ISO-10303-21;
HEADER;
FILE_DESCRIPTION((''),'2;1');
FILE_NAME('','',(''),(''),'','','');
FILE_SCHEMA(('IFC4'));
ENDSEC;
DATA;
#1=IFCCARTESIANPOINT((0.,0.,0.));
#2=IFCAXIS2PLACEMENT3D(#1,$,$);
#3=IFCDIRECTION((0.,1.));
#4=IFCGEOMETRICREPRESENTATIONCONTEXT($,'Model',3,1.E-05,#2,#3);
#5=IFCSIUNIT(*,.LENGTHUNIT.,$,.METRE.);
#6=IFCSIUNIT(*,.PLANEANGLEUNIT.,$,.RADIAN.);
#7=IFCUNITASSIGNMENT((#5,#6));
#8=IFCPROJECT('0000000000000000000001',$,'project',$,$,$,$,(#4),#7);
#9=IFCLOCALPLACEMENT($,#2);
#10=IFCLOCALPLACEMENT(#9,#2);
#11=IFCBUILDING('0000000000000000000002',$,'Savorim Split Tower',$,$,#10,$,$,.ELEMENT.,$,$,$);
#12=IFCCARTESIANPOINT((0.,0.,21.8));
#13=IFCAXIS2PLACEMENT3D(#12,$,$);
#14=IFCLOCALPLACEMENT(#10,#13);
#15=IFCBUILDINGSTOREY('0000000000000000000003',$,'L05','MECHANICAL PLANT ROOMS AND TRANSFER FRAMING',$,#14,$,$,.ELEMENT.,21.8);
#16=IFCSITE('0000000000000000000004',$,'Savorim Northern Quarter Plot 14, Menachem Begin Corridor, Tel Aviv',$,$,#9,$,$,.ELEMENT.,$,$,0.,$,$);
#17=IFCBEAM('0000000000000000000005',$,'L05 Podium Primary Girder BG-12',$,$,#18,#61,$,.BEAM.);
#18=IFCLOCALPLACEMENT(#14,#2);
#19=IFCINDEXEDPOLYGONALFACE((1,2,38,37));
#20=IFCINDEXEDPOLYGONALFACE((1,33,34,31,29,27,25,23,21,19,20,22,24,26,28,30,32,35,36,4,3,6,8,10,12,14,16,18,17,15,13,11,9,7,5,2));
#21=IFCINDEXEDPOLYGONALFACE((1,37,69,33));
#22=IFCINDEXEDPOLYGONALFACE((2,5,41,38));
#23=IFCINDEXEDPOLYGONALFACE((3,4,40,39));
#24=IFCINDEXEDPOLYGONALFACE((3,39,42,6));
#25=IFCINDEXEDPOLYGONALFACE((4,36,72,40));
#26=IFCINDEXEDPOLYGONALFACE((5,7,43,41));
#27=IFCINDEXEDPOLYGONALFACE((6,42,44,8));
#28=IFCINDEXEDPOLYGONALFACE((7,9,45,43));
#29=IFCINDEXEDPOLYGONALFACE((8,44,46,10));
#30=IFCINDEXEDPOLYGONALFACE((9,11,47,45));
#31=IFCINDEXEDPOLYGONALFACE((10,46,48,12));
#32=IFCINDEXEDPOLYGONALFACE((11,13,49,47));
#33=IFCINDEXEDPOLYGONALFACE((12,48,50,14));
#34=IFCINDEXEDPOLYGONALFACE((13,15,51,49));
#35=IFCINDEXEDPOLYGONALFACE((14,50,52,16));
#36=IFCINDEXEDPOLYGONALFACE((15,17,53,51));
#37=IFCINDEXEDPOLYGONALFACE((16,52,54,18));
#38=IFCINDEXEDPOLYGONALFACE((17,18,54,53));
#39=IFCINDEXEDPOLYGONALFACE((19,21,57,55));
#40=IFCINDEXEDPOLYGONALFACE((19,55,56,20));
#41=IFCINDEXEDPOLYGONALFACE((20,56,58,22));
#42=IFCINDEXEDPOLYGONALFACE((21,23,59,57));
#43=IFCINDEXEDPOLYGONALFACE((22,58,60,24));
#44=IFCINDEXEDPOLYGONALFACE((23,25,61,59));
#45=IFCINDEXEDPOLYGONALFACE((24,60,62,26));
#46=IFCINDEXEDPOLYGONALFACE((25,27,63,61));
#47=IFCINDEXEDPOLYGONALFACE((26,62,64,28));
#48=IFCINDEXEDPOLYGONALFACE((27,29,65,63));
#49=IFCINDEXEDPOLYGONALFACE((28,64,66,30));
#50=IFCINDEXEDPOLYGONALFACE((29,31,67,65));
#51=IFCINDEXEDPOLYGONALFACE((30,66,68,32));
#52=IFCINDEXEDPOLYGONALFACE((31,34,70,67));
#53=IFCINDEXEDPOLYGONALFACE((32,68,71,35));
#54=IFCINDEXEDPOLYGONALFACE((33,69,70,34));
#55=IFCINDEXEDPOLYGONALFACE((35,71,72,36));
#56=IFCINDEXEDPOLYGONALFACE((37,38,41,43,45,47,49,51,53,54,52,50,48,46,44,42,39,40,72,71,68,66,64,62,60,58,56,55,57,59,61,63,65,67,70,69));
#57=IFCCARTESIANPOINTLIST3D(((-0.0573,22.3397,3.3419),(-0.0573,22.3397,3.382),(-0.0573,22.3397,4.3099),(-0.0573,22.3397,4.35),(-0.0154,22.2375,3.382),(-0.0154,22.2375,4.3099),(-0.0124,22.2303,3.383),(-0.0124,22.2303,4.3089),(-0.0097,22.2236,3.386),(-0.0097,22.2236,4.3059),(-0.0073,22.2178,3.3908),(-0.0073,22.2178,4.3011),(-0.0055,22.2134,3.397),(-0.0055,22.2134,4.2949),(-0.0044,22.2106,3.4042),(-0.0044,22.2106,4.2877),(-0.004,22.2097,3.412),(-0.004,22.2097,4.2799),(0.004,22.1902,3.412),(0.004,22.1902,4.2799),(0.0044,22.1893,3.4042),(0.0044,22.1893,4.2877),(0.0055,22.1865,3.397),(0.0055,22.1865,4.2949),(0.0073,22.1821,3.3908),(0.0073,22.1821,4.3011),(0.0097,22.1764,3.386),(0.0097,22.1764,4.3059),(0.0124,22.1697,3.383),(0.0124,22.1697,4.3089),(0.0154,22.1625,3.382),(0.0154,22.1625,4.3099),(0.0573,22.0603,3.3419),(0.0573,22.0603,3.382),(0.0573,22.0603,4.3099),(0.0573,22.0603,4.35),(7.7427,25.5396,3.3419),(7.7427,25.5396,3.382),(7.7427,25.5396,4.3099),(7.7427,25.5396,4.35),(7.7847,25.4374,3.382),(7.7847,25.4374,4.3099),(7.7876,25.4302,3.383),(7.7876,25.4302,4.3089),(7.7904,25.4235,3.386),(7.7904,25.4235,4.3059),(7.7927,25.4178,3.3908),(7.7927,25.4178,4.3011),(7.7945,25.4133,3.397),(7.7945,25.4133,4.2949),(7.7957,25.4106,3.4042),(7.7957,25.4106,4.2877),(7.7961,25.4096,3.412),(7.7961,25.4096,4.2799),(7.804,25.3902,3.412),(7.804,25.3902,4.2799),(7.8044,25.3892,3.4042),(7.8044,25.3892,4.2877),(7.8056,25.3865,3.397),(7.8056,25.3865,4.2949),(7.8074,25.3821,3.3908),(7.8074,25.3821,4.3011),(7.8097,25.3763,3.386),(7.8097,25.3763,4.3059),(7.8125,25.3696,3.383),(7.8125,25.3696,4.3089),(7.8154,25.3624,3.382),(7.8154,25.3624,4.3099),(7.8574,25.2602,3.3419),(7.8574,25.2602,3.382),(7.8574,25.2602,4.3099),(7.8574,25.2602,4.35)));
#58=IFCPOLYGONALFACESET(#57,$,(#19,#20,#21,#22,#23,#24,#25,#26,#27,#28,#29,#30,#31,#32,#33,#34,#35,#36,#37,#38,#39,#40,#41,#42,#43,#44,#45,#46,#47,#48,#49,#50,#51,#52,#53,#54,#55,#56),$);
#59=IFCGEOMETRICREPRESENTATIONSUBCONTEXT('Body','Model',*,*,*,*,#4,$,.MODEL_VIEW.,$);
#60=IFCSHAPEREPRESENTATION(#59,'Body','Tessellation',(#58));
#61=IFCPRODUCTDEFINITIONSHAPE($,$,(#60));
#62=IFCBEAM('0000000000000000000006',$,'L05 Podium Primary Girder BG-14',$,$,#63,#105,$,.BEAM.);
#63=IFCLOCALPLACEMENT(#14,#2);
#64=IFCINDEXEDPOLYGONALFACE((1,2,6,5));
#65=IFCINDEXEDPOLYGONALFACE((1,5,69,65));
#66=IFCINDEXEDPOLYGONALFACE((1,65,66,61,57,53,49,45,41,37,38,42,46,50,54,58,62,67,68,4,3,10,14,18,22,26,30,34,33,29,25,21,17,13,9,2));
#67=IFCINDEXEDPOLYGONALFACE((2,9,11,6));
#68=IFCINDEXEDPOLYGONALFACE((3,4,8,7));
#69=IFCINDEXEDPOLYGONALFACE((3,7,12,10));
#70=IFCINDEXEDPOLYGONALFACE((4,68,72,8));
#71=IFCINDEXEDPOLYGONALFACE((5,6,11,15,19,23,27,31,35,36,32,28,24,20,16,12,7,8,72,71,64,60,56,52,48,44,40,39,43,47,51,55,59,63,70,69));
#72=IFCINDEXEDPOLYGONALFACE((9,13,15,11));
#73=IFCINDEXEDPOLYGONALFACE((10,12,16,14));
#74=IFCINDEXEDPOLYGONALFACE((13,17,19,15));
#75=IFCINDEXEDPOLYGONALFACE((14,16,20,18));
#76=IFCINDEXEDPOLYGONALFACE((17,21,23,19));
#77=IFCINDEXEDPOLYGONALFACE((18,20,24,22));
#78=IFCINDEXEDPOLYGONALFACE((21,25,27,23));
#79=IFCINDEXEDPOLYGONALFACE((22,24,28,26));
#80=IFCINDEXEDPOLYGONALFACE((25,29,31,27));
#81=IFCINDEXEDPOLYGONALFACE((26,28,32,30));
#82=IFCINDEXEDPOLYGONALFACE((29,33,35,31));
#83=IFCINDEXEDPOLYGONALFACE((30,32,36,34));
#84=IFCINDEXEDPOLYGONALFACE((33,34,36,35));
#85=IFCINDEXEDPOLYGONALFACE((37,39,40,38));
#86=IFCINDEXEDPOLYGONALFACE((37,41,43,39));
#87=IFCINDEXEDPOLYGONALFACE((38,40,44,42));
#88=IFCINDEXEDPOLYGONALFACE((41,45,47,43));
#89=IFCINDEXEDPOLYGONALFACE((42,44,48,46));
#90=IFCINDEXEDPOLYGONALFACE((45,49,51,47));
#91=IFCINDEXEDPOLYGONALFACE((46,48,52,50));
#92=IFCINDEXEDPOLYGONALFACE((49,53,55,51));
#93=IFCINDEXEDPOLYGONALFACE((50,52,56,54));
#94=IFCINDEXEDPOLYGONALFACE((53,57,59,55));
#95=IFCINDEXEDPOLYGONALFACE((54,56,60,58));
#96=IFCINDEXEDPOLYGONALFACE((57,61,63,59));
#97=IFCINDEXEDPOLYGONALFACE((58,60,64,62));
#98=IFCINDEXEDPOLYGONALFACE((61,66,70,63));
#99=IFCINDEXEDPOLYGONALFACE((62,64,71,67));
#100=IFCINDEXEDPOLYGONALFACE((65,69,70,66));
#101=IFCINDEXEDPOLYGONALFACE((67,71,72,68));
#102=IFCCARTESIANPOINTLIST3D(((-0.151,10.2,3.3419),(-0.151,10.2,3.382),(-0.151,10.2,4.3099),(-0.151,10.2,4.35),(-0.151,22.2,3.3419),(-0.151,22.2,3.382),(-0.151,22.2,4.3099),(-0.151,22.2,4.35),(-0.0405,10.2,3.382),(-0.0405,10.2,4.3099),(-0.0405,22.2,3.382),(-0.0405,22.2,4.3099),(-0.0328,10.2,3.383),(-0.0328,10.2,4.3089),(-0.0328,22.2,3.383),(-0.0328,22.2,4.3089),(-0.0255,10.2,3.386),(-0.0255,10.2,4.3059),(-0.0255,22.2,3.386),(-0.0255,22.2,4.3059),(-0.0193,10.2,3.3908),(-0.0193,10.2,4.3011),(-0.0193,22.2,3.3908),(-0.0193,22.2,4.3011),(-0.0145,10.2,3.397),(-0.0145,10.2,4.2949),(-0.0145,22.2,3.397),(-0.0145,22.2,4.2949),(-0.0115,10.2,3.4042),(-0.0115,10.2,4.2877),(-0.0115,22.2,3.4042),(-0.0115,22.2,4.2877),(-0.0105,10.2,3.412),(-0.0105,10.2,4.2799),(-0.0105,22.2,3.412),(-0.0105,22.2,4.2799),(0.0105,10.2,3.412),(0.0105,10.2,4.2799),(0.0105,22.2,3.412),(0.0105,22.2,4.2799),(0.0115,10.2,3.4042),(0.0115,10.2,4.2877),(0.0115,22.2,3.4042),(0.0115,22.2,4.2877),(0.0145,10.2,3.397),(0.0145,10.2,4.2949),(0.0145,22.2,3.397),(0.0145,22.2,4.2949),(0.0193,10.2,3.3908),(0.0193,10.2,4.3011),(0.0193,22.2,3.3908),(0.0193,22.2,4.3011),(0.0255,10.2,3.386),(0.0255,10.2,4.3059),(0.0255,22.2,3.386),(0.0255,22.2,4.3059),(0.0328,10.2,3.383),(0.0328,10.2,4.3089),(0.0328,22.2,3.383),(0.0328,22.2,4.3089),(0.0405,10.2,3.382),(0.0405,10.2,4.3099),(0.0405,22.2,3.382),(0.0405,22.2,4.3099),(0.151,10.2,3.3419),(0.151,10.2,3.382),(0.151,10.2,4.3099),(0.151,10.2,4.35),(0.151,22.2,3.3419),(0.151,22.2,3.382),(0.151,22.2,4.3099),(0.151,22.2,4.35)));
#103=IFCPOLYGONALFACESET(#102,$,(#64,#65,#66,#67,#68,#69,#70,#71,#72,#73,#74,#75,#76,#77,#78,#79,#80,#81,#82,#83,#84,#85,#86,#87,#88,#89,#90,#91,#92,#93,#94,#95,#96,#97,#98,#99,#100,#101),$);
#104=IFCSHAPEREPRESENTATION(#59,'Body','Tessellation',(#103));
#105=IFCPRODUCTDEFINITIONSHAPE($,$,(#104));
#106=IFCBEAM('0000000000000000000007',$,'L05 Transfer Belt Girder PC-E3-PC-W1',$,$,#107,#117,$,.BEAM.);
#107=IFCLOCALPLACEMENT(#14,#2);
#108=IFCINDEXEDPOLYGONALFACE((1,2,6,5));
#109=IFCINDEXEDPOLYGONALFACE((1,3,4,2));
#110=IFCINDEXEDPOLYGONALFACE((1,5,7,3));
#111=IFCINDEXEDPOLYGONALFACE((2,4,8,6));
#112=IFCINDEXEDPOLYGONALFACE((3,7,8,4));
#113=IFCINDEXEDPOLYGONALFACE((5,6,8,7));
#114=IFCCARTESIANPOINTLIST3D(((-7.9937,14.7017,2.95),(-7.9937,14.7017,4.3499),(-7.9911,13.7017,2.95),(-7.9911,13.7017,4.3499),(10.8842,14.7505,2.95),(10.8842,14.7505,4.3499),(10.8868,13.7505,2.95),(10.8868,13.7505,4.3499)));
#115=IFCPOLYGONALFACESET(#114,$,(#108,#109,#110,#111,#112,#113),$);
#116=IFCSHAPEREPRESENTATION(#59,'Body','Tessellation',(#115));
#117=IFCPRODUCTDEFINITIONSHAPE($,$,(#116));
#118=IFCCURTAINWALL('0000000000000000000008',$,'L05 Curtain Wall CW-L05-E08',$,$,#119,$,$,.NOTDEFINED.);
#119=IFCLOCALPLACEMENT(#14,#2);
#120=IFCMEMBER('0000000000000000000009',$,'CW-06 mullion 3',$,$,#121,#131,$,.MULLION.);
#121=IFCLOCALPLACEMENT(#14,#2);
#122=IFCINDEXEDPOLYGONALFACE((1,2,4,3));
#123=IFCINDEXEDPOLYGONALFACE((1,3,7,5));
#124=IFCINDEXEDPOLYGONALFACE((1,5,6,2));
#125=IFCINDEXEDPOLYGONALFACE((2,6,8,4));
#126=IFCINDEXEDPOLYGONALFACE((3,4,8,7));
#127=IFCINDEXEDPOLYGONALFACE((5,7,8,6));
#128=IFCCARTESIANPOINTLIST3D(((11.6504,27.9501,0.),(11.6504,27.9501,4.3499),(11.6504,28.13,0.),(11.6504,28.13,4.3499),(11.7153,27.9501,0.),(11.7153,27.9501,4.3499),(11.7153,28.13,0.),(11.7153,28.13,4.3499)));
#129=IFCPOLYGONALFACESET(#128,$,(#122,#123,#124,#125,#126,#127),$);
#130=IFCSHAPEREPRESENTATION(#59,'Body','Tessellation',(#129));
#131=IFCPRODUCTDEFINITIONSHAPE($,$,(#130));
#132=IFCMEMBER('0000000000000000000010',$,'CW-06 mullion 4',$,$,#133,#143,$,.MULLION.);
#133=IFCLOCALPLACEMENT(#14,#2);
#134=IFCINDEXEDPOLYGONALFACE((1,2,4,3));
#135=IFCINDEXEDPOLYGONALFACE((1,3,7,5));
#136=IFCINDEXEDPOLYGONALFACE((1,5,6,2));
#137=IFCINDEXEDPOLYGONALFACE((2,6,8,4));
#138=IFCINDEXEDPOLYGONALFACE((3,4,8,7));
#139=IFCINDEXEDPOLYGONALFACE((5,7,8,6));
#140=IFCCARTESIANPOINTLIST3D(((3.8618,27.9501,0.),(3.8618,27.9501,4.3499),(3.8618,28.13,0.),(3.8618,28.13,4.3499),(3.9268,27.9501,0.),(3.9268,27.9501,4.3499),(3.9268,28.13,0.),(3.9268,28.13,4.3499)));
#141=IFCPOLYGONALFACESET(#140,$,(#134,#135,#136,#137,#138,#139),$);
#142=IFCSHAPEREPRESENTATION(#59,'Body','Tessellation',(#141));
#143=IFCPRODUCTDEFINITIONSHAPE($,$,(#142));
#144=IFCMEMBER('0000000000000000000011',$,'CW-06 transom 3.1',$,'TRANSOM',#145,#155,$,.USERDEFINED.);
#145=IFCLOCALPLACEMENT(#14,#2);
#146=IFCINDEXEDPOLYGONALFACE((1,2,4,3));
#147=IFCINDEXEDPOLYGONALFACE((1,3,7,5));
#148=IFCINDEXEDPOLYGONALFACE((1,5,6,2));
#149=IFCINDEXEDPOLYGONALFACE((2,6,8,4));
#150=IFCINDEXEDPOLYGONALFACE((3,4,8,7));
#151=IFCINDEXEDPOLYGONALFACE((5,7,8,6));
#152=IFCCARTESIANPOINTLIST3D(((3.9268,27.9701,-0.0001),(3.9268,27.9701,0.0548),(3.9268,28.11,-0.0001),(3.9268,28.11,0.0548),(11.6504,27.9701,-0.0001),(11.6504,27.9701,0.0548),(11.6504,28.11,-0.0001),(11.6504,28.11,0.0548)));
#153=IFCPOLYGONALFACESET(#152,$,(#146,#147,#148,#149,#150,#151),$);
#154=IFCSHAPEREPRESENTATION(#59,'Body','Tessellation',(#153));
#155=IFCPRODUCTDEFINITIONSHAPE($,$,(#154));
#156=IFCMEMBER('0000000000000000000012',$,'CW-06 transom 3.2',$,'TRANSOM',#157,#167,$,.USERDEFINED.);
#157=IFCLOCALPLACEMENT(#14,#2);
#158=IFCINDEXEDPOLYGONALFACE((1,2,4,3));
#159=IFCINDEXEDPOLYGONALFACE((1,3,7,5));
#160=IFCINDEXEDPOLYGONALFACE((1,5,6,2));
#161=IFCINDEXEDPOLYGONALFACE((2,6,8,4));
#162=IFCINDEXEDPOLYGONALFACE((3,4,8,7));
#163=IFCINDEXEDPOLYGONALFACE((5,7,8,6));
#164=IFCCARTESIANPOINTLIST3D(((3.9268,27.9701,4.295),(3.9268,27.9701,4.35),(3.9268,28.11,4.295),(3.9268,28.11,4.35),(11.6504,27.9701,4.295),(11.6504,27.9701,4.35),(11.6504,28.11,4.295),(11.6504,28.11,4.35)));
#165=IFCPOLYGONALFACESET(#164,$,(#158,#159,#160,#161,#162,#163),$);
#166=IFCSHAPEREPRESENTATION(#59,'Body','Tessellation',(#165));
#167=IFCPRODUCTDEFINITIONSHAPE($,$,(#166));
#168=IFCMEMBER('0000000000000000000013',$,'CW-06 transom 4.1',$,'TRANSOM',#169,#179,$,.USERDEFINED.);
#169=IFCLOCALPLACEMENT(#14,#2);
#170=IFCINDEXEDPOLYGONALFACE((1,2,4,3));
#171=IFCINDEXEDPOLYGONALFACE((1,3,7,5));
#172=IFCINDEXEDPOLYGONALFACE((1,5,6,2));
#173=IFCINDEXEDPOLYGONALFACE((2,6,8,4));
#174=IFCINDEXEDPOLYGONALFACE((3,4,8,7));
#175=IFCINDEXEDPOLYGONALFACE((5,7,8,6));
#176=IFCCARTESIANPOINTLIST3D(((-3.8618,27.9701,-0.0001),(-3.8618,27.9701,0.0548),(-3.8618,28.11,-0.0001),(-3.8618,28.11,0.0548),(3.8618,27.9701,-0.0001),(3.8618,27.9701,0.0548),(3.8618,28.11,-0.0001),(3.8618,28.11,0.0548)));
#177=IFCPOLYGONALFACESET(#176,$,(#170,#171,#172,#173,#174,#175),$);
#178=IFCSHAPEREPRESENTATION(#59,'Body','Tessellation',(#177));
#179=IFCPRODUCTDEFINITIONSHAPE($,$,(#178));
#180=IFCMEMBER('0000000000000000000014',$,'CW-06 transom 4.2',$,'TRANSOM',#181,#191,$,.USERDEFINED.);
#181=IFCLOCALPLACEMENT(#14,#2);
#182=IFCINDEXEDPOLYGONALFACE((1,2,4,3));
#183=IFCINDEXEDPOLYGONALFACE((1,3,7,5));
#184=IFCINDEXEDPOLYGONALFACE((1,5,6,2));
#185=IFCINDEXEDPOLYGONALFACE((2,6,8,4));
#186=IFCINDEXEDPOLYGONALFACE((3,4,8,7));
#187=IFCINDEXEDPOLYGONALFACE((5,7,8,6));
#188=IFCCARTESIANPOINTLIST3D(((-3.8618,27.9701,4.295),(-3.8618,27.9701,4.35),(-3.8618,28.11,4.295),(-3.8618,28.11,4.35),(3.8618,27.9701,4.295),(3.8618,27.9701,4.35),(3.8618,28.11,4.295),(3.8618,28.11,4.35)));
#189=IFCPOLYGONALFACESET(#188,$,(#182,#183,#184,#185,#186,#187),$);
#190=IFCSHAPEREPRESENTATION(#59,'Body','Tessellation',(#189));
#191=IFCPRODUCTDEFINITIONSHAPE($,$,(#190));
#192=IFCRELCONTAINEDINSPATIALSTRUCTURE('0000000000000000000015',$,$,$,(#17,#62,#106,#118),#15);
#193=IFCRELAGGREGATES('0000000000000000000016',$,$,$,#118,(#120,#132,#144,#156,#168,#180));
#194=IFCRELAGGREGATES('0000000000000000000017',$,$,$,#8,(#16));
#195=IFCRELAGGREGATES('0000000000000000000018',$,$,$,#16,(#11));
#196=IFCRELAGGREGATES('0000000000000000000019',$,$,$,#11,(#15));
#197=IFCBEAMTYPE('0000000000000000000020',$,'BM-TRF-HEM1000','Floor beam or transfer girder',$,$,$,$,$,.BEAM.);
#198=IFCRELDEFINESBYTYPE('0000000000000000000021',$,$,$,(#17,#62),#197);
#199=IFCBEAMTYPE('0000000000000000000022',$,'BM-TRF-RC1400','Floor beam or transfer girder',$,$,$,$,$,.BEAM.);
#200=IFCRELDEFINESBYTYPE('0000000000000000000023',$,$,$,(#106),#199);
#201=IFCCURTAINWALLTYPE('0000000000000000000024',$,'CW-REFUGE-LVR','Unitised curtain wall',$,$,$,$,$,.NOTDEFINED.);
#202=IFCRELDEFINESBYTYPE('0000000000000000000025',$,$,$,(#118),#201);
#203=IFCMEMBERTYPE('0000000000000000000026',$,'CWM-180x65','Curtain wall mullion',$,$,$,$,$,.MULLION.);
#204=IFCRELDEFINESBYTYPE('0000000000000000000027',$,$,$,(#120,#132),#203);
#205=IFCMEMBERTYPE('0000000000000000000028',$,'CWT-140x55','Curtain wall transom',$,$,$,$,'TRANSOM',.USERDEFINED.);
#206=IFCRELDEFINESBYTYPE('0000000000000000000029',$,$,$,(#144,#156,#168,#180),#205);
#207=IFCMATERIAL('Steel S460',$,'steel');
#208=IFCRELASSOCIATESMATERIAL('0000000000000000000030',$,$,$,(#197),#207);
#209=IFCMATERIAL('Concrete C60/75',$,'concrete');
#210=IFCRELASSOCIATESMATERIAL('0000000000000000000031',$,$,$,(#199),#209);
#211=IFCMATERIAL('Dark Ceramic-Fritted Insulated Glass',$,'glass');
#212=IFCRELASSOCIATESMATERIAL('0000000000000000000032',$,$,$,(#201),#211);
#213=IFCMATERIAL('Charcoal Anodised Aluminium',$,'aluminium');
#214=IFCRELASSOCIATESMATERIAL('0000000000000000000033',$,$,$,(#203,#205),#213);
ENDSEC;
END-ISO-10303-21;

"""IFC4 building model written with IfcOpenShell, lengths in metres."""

from ifc_helpers import new_model, si_unit, direction, frame, origin, origin_2d, place, context, subcontext, project, spatial, rectangle, i_section, extrude, material, material_profile, profile_set, type_object, element, aggregate, save


model = new_model("IFC4")

# Units and contexts
model_context = context("Model", 3, precision=1e-05, world=origin(), true_north=direction((0.0, 1.0)))
body_context = subcontext(model_context, "Body", "Model", "MODEL_VIEW")
ifc_project = project(units=[si_unit("LENGTHUNIT", "METRE"), si_unit("PLANEANGLEUNIT", "RADIAN")], contexts=[model_context])

# Site, building, storey
site_placement = place(None, origin())
site = spatial("IfcSite", under=ifc_project, at=site_placement, Name="Savorim Northern Quarter Plot 14, Menachem Begin Corridor, Tel Aviv", CompositionType="ELEMENT", RefElevation=0.0)
building_placement = place(site_placement, origin())
building = spatial("IfcBuilding", under=site, at=building_placement, Name="Savorim Split Tower", CompositionType="ELEMENT")
storey_placement = place(building_placement, frame((0.0, 0.0, 21.8)))
storey = spatial("IfcBuildingStorey", under=building, at=storey_placement, Name="L05", Description="MECHANICAL PLANT ROOMS AND TRANSFER FRAMING", CompositionType="ELEMENT", Elevation=21.8)

# Shared definitions
ifc_material_1 = material(Name="Concrete C60/75", Category="concrete")

# Beams
ifc_material_2 = material(Name="Steel S460", Category="steel")
ifc_material_profile_1 = material_profile(ifc_material_2, i_section(OverallWidth=0.302, OverallDepth=1.0081, WebThickness=0.021, FlangeThickness=0.04, FilletRadius=0.03, at=origin_2d()), Name="HE 1000 M")
ifc_profile_set_1 = profile_set([ifc_material_profile_1], Name="Steel S460")
beam_type_1 = type_object("IfcBeamType", Name="BM-TRF-HEM1000", Description="Floor beam or transfer girder", PredefinedType="BEAM", material=ifc_profile_set_1)
beam_1_placement = place(storey_placement, frame((7.8, 25.3999, 3.8459), z_axis=(-0.925171, -0.379549, 0.0), x_axis=(0.379549, -0.925171, 0.0)))
element("IfcBeam", 1, at=beam_1_placement, inside=storey, type_object=beam_type_1, Name="L05 Podium Primary Girder BG-12", PredefinedType="BEAM", context=body_context, shape_type="SweptSolid", body=[
    extrude(i_section(OverallWidth=0.302, OverallDepth=1.0081, WebThickness=0.021, FlangeThickness=0.04, FilletRadius=0.03, at=origin_2d()), origin(), (0.0, 0.0, 1.0), 8.4309),
])
beam_2_placement = place(storey_placement, frame((0.0, 22.2, 3.8459), z_axis=(0.0, -1.0, 0.0), x_axis=(1.0, 0.0, 0.0)))
element("IfcBeam", 2, at=beam_2_placement, inside=storey, type_object=beam_type_1, Name="L05 Podium Primary Girder BG-14", PredefinedType="BEAM", context=body_context, shape_type="SweptSolid", body=[
    extrude(i_section(OverallWidth=0.302, OverallDepth=1.0081, WebThickness=0.021, FlangeThickness=0.04, FilletRadius=0.03, at=origin_2d()), origin(), (0.0, 0.0, 1.0), 12.0),
])
ifc_material_profile_2 = material_profile(ifc_material_1, rectangle(XDim=1.0, YDim=1.3999, at=origin_2d()), Name="RC 1000x1400")
ifc_profile_set_2 = profile_set([ifc_material_profile_2], Name="Concrete C60/75")
beam_type_2 = type_object("IfcBeamType", Name="BM-TRF-RC1400", Description="Floor beam or transfer girder", PredefinedType="BEAM", material=ifc_profile_set_2)
beam_3_placement = place(storey_placement, frame((10.8855, 14.2505, 3.6499), z_axis=(-0.999997, -0.002587, 0.0), x_axis=(0.002587, -0.999997, 0.0)))
element("IfcBeam", 3, at=beam_3_placement, inside=storey, type_object=beam_type_2, Name="L05 Transfer Belt Girder PC-E3-PC-W1", PredefinedType="BEAM", context=body_context, shape_type="SweptSolid", body=[
    extrude(rectangle(XDim=1.0, YDim=1.3999, at=origin_2d()), origin(), (0.0, 0.0, 1.0), 18.8779),
])

# Curtain wall, members
ifc_material_3 = material(Name="Dark Ceramic-Fritted Insulated Glass", Category="glass")
curtain_wall_type = type_object("IfcCurtainWallType", Name="CW-REFUGE-LVR", Description="Unitised curtain wall", PredefinedType="NOTDEFINED", material=ifc_material_3)
curtain_wall_placement = place(storey_placement, origin())
curtain_wall = element("IfcCurtainWall", 4, at=curtain_wall_placement, inside=storey, type_object=curtain_wall_type, Name="L05 Curtain Wall CW-L05-E08", PredefinedType="NOTDEFINED")
ifc_material_4 = material(Name="Charcoal Anodised Aluminium", Category="aluminium")
ifc_material_profile_3 = material_profile(ifc_material_4, rectangle(XDim=0.1799, YDim=0.0649, at=origin_2d()), Name="ALU-M 180x65")
ifc_profile_set_3 = profile_set([ifc_material_profile_3], Name="Charcoal Anodised Aluminium")
member_type_1 = type_object("IfcMemberType", Name="CWM-180x65", Description="Curtain wall mullion", PredefinedType="MULLION", material=ifc_profile_set_3)
member_1_placement = place(storey_placement, frame((11.6829, 28.04, 0.0), z_axis=(0.0, 0.0, 1.0), x_axis=(0.0, -1.0, 0.0)))
member_1 = element("IfcMember", 5, at=member_1_placement, type_object=member_type_1, Name="CW-06 mullion 3", PredefinedType="MULLION", context=body_context, shape_type="SweptSolid", body=[
    extrude(rectangle(XDim=0.1799, YDim=0.0649, at=origin_2d()), origin(), (0.0, 0.0, 1.0), 4.3499),
])
member_2_placement = place(storey_placement, frame((3.8943, 28.04, 0.0), z_axis=(0.0, 0.0, 1.0), x_axis=(0.0, -1.0, 0.0)))
member_2 = element("IfcMember", 6, at=member_2_placement, type_object=member_type_1, Name="CW-06 mullion 4", PredefinedType="MULLION", context=body_context, shape_type="SweptSolid", body=[
    extrude(rectangle(XDim=0.1799, YDim=0.0649, at=origin_2d()), origin(), (0.0, 0.0, 1.0), 4.3499),
])
ifc_material_profile_4 = material_profile(ifc_material_4, rectangle(XDim=0.1399, YDim=0.0549, at=origin_2d()), Name="ALU-T 140x55")
ifc_profile_set_4 = profile_set([ifc_material_profile_4], Name="Charcoal Anodised Aluminium")
member_type_2 = type_object("IfcMemberType", Name="CWT-140x55", Description="Curtain wall transom", ElementType="TRANSOM", PredefinedType="USERDEFINED", material=ifc_profile_set_4)
member_3_placement = place(storey_placement, frame((11.6504, 28.04, 0.0273), z_axis=(-1.0, 0.0, 0.0), x_axis=(0.0, -1.0, 0.0)))
member_3 = element("IfcMember", 7, at=member_3_placement, type_object=member_type_2, Name="CW-06 transom 3.1", ObjectType="TRANSOM", PredefinedType="USERDEFINED", context=body_context, shape_type="SweptSolid", body=[
    extrude(rectangle(XDim=0.1399, YDim=0.0549, at=origin_2d()), origin(), (0.0, 0.0, 1.0), 7.7236),
])
member_4_placement = place(storey_placement, frame((11.6504, 28.04, 4.3225), z_axis=(-1.0, 0.0, 0.0), x_axis=(0.0, -1.0, 0.0)))
member_4 = element("IfcMember", 8, at=member_4_placement, type_object=member_type_2, Name="CW-06 transom 3.2", ObjectType="TRANSOM", PredefinedType="USERDEFINED", context=body_context, shape_type="SweptSolid", body=[
    extrude(rectangle(XDim=0.1399, YDim=0.0549, at=origin_2d()), origin(), (0.0, 0.0, 1.0), 7.7236),
])
member_5_placement = place(storey_placement, frame((3.8618, 28.04, 0.0273), z_axis=(-1.0, 0.0, 0.0), x_axis=(0.0, -1.0, 0.0)))
member_5 = element("IfcMember", 9, at=member_5_placement, type_object=member_type_2, Name="CW-06 transom 4.1", ObjectType="TRANSOM", PredefinedType="USERDEFINED", context=body_context, shape_type="SweptSolid", body=[
    extrude(rectangle(XDim=0.1399, YDim=0.0549, at=origin_2d()), origin(), (0.0, 0.0, 1.0), 7.7236),
])
member_6_placement = place(storey_placement, frame((3.8618, 28.04, 4.3225), z_axis=(-1.0, 0.0, 0.0), x_axis=(0.0, -1.0, 0.0)))
member_6 = element("IfcMember", 10, at=member_6_placement, type_object=member_type_2, Name="CW-06 transom 4.2", ObjectType="TRANSOM", PredefinedType="USERDEFINED", context=body_context, shape_type="SweptSolid", body=[
    extrude(rectangle(XDim=0.1399, YDim=0.0549, at=origin_2d()), origin(), (0.0, 0.0, 1.0), 7.7236),
])

aggregate(curtain_wall, [member_1, member_2, member_3, member_4, member_5, member_6])

save(model, "model.ifc")
